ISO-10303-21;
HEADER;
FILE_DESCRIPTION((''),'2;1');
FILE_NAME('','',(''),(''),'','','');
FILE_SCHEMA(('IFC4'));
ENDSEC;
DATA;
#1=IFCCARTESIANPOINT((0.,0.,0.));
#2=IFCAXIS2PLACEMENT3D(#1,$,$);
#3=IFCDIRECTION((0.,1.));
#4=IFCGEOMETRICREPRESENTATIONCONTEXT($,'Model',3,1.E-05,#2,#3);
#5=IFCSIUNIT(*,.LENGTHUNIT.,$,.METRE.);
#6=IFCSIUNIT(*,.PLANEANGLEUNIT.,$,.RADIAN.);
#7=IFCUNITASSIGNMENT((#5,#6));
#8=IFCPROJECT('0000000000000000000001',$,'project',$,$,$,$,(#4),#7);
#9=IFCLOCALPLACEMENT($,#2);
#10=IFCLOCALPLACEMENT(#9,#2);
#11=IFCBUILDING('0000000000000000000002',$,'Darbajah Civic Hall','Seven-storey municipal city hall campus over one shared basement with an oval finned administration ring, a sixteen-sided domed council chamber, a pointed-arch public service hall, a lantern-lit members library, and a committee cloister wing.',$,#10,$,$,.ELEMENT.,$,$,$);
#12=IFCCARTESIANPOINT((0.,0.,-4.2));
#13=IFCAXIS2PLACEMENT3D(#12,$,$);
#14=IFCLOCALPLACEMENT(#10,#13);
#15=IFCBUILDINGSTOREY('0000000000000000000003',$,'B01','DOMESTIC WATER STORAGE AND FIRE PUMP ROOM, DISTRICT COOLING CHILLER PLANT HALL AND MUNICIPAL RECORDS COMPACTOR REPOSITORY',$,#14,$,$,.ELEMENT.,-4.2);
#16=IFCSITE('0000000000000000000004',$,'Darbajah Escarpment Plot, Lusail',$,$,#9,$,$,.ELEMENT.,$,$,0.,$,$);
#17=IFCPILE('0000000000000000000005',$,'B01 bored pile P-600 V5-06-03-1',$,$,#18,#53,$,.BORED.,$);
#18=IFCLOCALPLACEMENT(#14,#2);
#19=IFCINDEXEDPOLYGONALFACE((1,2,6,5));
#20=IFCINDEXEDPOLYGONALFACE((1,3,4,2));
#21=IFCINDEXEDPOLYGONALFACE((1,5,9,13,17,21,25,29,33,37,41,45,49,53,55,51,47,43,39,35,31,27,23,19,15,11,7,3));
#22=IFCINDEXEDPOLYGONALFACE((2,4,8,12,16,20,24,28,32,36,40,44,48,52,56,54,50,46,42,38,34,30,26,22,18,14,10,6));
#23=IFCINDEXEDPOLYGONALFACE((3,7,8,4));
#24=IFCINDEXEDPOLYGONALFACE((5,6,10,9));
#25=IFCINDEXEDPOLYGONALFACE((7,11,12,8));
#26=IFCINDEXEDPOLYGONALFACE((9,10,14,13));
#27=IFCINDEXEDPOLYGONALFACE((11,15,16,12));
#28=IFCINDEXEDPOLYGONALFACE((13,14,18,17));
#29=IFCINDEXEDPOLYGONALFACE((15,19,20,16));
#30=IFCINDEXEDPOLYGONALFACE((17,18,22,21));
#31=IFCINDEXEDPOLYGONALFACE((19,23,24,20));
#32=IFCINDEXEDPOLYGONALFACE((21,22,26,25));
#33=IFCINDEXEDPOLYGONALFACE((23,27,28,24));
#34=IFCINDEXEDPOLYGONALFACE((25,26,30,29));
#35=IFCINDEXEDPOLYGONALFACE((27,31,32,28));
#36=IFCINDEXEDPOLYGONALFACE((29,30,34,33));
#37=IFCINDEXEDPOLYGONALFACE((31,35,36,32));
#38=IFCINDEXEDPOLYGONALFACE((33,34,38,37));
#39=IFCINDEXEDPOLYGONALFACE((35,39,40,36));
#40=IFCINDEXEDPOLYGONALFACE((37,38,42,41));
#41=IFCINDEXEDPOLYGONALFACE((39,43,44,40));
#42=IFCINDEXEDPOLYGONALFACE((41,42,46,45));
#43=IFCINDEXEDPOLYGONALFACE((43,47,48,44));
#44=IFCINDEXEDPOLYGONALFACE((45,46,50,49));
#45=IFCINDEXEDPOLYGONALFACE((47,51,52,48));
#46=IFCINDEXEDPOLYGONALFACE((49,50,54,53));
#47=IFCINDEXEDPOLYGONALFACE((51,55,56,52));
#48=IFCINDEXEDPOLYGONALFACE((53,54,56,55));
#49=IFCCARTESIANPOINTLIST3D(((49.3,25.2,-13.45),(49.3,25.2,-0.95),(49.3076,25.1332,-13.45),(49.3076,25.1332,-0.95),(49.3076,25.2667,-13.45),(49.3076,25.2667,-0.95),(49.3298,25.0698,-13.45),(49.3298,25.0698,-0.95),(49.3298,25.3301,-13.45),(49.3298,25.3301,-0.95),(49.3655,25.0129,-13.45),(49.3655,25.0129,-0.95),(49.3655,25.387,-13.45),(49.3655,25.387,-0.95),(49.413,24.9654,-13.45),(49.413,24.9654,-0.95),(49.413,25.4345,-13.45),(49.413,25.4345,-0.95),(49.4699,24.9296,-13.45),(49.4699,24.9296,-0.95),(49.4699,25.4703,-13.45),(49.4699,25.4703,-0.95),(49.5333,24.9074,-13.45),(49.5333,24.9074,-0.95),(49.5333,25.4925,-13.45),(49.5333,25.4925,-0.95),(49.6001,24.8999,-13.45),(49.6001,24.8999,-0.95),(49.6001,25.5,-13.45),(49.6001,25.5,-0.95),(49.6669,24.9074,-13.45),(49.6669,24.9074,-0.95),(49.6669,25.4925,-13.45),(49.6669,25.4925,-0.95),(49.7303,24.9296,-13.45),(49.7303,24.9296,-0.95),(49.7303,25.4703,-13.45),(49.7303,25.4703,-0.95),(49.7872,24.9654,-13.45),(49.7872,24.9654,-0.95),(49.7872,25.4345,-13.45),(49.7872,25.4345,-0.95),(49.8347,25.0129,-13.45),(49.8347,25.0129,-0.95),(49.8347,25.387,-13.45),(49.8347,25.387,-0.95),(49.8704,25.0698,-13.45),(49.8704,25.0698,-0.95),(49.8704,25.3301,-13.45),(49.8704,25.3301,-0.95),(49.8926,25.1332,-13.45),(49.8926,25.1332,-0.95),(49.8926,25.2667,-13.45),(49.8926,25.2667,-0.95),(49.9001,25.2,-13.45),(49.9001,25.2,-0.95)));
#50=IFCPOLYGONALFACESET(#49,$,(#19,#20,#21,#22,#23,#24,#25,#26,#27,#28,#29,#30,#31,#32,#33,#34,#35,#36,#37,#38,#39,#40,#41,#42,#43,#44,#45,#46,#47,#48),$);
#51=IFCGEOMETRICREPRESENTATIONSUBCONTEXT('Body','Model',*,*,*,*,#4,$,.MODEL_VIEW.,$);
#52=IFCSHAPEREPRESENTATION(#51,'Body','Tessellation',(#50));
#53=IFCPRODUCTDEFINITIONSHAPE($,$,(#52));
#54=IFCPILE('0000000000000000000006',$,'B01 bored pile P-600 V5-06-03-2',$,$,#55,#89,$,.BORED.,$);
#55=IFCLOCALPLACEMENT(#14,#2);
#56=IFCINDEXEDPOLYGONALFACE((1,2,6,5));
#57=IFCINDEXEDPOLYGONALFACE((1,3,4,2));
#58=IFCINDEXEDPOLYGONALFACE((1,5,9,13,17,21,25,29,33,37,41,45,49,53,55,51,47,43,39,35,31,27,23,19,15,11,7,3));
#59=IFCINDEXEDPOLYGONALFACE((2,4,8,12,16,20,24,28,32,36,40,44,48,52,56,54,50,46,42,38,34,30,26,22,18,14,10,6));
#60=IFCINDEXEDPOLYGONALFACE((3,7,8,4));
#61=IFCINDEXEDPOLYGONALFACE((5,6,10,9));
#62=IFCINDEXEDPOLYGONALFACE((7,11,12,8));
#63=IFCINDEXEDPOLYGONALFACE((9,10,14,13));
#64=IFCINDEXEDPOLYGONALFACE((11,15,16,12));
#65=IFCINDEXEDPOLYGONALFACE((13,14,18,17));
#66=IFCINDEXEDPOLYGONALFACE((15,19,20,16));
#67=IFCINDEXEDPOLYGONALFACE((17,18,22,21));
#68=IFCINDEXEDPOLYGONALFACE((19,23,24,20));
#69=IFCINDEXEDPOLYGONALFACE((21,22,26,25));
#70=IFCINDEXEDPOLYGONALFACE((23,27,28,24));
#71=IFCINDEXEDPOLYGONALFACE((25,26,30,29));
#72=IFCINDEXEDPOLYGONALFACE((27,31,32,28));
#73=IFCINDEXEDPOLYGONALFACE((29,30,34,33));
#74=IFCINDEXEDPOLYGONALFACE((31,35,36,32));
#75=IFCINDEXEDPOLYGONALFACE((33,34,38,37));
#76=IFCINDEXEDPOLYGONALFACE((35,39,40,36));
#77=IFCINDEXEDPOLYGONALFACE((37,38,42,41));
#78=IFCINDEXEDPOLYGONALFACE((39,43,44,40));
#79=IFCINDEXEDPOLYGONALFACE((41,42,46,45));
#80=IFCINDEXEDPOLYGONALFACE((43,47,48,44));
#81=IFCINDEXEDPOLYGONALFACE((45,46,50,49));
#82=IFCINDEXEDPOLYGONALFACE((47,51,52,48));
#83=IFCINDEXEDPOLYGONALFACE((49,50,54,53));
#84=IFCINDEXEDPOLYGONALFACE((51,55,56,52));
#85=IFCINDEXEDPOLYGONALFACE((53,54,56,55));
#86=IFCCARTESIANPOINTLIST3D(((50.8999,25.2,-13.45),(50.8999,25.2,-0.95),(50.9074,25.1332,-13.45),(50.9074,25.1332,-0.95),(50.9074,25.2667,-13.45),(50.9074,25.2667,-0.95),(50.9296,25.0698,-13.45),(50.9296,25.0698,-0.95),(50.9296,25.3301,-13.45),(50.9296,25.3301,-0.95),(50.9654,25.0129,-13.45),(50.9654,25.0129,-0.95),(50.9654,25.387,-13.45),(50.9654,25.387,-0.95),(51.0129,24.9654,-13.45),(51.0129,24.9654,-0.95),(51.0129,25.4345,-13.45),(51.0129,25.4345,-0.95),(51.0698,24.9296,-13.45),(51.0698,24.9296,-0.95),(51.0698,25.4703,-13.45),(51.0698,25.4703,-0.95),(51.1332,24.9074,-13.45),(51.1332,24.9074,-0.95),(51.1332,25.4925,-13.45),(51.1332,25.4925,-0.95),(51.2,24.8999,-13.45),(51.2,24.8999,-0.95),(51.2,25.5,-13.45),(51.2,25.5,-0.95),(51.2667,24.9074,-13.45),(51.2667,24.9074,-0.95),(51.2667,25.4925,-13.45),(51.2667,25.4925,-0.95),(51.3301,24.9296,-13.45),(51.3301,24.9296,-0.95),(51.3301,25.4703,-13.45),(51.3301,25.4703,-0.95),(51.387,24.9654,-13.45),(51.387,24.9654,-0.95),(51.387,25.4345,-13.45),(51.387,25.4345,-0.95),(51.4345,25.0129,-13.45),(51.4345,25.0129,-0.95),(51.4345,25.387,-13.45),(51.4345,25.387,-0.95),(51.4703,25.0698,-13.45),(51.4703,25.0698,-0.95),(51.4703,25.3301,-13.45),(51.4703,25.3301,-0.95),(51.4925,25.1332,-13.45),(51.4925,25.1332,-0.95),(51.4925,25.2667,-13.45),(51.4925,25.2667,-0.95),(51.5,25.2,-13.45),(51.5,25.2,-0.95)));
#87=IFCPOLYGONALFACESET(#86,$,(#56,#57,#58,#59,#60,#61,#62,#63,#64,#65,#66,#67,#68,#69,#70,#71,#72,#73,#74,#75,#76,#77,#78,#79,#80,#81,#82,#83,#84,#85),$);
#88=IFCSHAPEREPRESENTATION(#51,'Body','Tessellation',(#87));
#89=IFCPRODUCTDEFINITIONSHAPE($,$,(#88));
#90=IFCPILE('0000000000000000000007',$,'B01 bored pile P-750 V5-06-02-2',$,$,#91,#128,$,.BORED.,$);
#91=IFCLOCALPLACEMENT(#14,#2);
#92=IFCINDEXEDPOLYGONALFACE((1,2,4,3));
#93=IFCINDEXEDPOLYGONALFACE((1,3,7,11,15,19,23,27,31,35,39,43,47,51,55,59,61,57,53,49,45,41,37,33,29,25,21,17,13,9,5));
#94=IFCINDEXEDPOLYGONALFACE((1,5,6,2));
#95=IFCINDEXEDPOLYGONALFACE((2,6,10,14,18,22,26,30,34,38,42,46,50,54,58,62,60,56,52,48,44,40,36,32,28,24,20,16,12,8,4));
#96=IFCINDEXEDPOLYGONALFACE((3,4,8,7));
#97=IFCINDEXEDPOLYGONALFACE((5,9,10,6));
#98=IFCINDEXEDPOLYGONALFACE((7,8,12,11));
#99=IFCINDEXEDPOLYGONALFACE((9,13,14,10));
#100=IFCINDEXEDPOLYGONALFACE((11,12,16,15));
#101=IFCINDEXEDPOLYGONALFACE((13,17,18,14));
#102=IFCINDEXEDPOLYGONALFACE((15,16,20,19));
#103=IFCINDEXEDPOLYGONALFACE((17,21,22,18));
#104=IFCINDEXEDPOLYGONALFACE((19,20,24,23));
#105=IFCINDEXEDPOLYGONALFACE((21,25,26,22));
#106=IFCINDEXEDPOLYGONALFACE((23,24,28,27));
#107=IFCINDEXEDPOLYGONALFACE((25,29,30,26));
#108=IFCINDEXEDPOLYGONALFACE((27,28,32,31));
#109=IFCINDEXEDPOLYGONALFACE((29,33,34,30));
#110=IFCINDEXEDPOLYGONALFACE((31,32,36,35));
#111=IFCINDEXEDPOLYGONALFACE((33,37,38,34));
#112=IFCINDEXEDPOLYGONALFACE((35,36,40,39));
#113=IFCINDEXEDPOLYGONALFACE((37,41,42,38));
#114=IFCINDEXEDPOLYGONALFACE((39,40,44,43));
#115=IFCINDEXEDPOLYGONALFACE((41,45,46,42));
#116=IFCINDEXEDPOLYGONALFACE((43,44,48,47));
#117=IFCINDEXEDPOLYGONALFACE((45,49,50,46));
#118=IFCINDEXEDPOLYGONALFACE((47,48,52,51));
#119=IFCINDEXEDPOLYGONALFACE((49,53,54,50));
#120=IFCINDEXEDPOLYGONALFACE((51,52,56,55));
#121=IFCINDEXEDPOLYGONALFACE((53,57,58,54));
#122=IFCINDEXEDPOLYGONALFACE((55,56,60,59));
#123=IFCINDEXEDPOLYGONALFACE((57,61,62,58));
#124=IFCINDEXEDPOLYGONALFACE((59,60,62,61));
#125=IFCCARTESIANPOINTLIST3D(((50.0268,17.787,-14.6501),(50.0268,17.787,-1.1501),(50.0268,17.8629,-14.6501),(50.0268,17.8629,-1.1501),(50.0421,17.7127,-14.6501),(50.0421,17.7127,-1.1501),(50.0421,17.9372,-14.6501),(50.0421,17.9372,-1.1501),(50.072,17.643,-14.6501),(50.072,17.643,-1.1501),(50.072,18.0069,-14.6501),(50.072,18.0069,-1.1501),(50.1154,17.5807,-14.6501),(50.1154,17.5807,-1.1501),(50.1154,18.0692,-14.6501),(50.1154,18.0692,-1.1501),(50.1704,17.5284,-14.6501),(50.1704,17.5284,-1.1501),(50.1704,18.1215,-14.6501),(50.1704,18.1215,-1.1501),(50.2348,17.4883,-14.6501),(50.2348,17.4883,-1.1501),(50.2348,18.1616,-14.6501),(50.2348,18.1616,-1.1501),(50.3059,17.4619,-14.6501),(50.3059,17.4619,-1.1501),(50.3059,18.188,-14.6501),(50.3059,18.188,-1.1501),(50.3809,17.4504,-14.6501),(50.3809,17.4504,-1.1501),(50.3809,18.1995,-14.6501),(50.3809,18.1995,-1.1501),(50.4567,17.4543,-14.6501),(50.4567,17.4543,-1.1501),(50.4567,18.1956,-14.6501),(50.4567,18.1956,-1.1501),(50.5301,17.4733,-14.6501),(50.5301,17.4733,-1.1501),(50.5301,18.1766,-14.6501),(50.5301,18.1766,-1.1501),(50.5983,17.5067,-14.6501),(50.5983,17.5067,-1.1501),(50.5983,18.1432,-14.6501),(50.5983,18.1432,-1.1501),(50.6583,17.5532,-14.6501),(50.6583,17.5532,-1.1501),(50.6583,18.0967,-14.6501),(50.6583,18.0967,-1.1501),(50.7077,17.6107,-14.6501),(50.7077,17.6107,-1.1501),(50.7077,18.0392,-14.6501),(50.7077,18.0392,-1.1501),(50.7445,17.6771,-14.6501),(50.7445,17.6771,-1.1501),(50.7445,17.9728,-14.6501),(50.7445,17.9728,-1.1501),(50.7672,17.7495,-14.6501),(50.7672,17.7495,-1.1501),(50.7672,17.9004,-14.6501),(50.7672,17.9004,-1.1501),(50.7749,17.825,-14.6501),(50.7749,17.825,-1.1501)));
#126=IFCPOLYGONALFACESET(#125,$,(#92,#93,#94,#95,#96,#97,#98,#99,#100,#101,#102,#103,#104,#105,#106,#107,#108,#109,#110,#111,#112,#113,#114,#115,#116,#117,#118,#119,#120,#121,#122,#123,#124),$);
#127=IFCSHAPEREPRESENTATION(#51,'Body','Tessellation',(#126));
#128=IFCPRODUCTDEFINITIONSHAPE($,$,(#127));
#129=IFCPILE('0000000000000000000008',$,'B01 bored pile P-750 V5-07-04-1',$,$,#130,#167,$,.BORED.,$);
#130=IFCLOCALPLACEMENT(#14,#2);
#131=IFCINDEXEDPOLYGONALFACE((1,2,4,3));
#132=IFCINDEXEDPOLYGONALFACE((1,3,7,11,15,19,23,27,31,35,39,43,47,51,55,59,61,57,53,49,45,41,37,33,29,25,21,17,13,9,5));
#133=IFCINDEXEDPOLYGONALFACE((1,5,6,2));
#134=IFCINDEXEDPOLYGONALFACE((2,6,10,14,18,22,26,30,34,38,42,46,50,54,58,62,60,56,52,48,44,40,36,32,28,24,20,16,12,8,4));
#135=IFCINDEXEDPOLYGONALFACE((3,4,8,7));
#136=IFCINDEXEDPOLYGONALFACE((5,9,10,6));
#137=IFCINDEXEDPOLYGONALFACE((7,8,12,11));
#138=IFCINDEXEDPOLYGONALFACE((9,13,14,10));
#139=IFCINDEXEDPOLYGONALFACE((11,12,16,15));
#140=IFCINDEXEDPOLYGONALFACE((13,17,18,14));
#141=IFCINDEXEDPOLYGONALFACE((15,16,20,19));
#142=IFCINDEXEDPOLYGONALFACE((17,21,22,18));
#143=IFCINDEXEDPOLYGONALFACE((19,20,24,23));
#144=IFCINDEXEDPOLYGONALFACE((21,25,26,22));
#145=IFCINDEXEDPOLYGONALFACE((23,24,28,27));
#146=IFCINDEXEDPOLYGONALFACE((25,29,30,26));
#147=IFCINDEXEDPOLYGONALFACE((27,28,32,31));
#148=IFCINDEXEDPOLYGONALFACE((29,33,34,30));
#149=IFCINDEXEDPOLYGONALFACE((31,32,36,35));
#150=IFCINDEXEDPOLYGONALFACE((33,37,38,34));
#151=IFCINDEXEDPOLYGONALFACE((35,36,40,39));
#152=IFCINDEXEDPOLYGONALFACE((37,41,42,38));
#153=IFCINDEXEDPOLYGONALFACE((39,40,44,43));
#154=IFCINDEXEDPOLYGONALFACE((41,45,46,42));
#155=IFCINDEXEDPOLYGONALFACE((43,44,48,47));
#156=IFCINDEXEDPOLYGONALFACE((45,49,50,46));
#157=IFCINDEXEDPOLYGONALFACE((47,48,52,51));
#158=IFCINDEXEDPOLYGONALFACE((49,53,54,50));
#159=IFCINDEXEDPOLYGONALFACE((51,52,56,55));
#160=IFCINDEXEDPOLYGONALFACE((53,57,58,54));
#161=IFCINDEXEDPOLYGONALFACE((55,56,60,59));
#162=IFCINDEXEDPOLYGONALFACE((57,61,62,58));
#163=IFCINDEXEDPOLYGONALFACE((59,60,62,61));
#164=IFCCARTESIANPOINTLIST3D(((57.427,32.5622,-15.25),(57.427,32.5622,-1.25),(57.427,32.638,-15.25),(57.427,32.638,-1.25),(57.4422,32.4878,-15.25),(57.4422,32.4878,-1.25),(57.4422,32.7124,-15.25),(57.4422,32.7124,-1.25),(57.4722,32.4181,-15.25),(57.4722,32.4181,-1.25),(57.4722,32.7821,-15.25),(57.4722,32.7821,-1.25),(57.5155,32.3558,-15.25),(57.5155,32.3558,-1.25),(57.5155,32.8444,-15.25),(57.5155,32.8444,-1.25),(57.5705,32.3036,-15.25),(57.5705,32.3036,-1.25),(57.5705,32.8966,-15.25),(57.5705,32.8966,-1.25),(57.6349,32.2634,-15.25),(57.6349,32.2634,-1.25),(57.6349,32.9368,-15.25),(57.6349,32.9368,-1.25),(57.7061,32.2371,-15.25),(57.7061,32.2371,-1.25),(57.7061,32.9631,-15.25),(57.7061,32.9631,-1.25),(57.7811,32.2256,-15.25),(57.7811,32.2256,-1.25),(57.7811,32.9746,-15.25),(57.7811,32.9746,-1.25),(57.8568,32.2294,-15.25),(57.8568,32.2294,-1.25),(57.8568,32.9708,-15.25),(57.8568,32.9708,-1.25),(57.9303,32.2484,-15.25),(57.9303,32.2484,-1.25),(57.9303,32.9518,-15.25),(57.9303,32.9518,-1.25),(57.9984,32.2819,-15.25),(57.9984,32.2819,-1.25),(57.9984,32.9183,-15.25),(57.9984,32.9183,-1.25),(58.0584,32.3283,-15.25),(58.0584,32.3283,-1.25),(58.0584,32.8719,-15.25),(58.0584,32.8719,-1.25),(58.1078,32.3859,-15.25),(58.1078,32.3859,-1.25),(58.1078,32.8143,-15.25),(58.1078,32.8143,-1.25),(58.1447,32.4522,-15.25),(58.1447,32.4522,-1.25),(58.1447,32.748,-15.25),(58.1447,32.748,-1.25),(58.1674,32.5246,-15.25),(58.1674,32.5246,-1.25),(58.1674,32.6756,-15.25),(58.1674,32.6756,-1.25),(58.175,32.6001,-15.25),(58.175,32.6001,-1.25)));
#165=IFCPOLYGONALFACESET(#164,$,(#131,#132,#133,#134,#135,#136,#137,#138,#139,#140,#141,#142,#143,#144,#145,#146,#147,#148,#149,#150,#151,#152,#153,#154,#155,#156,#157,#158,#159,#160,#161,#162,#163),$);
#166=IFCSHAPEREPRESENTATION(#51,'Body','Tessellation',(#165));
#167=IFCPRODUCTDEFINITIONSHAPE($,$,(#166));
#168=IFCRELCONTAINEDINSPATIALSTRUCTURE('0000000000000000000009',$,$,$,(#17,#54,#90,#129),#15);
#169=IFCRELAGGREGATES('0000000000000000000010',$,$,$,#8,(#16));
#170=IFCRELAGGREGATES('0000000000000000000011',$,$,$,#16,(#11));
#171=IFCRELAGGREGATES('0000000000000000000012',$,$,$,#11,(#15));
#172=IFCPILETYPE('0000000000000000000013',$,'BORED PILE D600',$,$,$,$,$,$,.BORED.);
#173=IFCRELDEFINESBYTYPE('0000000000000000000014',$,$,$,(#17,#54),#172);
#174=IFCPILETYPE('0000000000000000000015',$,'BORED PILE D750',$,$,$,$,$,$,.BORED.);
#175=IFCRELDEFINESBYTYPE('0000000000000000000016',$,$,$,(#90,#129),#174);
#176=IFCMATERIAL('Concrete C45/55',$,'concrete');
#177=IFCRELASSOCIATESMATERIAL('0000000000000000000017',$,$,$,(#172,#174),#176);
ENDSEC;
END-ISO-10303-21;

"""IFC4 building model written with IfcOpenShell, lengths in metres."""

from ifc_helpers import new_model, si_unit, direction, frame, origin, origin_2d, place, context, subcontext, project, spatial, circle, extrude, material, material_profile, profile_set, type_object, element, save


model = new_model("IFC4")

# Units and contexts
model_context = context("Model", 3, precision=1e-05, world=origin(), true_north=direction((0.0, 1.0)))
body_context = subcontext(model_context, "Body", "Model", "MODEL_VIEW")
ifc_project = project(units=[si_unit("LENGTHUNIT", "METRE"), si_unit("PLANEANGLEUNIT", "RADIAN")], contexts=[model_context])

# Site, building, storey
site_placement = place(None, origin())
site = spatial("IfcSite", under=ifc_project, at=site_placement, Name="Darbajah Escarpment Plot, Lusail", CompositionType="ELEMENT", RefElevation=0.0)
building_placement = place(site_placement, origin())
building = spatial("IfcBuilding", under=site, at=building_placement, Name="Darbajah Civic Hall", Description="Seven-storey municipal city hall campus over one shared basement with an oval finned administration ring, a sixteen-sided domed council chamber, a pointed-arch public service hall, a lantern-lit members library, and a committee cloister wing.", CompositionType="ELEMENT")
storey_placement = place(building_placement, frame((0.0, 0.0, -4.2)))
storey = spatial("IfcBuildingStorey", under=building, at=storey_placement, Name="B01", Description="DOMESTIC WATER STORAGE AND FIRE PUMP ROOM, DISTRICT COOLING CHILLER PLANT HALL AND MUNICIPAL RECORDS COMPACTOR REPOSITORY", CompositionType="ELEMENT", Elevation=-4.2)

# Piles
ifc_material_1 = material(Name="Concrete C45/55", Category="concrete")
ifc_material_profile_1 = material_profile(ifc_material_1, circle(Radius=0.3, at=origin_2d()), Name="BORED PILE D600")
ifc_profile_set_1 = profile_set([ifc_material_profile_1], Name="Concrete C45/55")
pile_type_1 = type_object("IfcPileType", Name="BORED PILE D600", PredefinedType="BORED", material=ifc_profile_set_1)
for number, where, z_axis, x_axis, name in (
    (1, (49.6001, 25.2, -0.95), (0.0, 0.0, -1.0), (1.0, 0.0, 0.0), "B01 bored pile P-600 V5-06-03-1"),
    (2, (51.2, 25.2, -0.95), (0.0, 0.0, -1.0), (1.0, 0.0, 0.0), "B01 bored pile P-600 V5-06-03-2"),
):
    element("IfcPile", number, at=place(storey_placement, frame(where, z_axis=z_axis, x_axis=x_axis)), inside=storey, type_object=pile_type_1, Name=name, PredefinedType="BORED", context=body_context, shape_type="SweptSolid", body=[
        extrude(circle(Radius=0.3, at=origin_2d()), origin(), (0.0, 0.0, 1.0), 12.5),
    ])
ifc_material_profile_2 = material_profile(ifc_material_1, circle(Radius=0.375, at=origin_2d()), Name="BORED PILE D750")
ifc_profile_set_2 = profile_set([ifc_material_profile_2], Name="Concrete C45/55")
pile_type_2 = type_object("IfcPileType", Name="BORED PILE D750", PredefinedType="BORED", material=ifc_profile_set_2)
pile_1_placement = place(storey_placement, frame((50.3999, 17.825, -1.1501), z_axis=(0.0, 0.0, -1.0), x_axis=(1.0, 0.0, 0.0)))
element("IfcPile", 3, at=pile_1_placement, inside=storey, type_object=pile_type_2, Name="B01 bored pile P-750 V5-06-02-2", PredefinedType="BORED", context=body_context, shape_type="SweptSolid", body=[
    extrude(circle(Radius=0.375, at=origin_2d()), origin(), (0.0, 0.0, 1.0), 13.5),
])
pile_2_placement = place(storey_placement, frame((57.8, 32.6001, -1.25), z_axis=(0.0, 0.0, -1.0), x_axis=(1.0, 0.0, 0.0)))
element("IfcPile", 4, at=pile_2_placement, inside=storey, type_object=pile_type_2, Name="B01 bored pile P-750 V5-07-04-1", PredefinedType="BORED", context=body_context, shape_type="SweptSolid", body=[
    extrude(circle(Radius=0.375, at=origin_2d()), origin(), (0.0, 0.0, 1.0), 14.0),
])

save(model, "model.ifc")
